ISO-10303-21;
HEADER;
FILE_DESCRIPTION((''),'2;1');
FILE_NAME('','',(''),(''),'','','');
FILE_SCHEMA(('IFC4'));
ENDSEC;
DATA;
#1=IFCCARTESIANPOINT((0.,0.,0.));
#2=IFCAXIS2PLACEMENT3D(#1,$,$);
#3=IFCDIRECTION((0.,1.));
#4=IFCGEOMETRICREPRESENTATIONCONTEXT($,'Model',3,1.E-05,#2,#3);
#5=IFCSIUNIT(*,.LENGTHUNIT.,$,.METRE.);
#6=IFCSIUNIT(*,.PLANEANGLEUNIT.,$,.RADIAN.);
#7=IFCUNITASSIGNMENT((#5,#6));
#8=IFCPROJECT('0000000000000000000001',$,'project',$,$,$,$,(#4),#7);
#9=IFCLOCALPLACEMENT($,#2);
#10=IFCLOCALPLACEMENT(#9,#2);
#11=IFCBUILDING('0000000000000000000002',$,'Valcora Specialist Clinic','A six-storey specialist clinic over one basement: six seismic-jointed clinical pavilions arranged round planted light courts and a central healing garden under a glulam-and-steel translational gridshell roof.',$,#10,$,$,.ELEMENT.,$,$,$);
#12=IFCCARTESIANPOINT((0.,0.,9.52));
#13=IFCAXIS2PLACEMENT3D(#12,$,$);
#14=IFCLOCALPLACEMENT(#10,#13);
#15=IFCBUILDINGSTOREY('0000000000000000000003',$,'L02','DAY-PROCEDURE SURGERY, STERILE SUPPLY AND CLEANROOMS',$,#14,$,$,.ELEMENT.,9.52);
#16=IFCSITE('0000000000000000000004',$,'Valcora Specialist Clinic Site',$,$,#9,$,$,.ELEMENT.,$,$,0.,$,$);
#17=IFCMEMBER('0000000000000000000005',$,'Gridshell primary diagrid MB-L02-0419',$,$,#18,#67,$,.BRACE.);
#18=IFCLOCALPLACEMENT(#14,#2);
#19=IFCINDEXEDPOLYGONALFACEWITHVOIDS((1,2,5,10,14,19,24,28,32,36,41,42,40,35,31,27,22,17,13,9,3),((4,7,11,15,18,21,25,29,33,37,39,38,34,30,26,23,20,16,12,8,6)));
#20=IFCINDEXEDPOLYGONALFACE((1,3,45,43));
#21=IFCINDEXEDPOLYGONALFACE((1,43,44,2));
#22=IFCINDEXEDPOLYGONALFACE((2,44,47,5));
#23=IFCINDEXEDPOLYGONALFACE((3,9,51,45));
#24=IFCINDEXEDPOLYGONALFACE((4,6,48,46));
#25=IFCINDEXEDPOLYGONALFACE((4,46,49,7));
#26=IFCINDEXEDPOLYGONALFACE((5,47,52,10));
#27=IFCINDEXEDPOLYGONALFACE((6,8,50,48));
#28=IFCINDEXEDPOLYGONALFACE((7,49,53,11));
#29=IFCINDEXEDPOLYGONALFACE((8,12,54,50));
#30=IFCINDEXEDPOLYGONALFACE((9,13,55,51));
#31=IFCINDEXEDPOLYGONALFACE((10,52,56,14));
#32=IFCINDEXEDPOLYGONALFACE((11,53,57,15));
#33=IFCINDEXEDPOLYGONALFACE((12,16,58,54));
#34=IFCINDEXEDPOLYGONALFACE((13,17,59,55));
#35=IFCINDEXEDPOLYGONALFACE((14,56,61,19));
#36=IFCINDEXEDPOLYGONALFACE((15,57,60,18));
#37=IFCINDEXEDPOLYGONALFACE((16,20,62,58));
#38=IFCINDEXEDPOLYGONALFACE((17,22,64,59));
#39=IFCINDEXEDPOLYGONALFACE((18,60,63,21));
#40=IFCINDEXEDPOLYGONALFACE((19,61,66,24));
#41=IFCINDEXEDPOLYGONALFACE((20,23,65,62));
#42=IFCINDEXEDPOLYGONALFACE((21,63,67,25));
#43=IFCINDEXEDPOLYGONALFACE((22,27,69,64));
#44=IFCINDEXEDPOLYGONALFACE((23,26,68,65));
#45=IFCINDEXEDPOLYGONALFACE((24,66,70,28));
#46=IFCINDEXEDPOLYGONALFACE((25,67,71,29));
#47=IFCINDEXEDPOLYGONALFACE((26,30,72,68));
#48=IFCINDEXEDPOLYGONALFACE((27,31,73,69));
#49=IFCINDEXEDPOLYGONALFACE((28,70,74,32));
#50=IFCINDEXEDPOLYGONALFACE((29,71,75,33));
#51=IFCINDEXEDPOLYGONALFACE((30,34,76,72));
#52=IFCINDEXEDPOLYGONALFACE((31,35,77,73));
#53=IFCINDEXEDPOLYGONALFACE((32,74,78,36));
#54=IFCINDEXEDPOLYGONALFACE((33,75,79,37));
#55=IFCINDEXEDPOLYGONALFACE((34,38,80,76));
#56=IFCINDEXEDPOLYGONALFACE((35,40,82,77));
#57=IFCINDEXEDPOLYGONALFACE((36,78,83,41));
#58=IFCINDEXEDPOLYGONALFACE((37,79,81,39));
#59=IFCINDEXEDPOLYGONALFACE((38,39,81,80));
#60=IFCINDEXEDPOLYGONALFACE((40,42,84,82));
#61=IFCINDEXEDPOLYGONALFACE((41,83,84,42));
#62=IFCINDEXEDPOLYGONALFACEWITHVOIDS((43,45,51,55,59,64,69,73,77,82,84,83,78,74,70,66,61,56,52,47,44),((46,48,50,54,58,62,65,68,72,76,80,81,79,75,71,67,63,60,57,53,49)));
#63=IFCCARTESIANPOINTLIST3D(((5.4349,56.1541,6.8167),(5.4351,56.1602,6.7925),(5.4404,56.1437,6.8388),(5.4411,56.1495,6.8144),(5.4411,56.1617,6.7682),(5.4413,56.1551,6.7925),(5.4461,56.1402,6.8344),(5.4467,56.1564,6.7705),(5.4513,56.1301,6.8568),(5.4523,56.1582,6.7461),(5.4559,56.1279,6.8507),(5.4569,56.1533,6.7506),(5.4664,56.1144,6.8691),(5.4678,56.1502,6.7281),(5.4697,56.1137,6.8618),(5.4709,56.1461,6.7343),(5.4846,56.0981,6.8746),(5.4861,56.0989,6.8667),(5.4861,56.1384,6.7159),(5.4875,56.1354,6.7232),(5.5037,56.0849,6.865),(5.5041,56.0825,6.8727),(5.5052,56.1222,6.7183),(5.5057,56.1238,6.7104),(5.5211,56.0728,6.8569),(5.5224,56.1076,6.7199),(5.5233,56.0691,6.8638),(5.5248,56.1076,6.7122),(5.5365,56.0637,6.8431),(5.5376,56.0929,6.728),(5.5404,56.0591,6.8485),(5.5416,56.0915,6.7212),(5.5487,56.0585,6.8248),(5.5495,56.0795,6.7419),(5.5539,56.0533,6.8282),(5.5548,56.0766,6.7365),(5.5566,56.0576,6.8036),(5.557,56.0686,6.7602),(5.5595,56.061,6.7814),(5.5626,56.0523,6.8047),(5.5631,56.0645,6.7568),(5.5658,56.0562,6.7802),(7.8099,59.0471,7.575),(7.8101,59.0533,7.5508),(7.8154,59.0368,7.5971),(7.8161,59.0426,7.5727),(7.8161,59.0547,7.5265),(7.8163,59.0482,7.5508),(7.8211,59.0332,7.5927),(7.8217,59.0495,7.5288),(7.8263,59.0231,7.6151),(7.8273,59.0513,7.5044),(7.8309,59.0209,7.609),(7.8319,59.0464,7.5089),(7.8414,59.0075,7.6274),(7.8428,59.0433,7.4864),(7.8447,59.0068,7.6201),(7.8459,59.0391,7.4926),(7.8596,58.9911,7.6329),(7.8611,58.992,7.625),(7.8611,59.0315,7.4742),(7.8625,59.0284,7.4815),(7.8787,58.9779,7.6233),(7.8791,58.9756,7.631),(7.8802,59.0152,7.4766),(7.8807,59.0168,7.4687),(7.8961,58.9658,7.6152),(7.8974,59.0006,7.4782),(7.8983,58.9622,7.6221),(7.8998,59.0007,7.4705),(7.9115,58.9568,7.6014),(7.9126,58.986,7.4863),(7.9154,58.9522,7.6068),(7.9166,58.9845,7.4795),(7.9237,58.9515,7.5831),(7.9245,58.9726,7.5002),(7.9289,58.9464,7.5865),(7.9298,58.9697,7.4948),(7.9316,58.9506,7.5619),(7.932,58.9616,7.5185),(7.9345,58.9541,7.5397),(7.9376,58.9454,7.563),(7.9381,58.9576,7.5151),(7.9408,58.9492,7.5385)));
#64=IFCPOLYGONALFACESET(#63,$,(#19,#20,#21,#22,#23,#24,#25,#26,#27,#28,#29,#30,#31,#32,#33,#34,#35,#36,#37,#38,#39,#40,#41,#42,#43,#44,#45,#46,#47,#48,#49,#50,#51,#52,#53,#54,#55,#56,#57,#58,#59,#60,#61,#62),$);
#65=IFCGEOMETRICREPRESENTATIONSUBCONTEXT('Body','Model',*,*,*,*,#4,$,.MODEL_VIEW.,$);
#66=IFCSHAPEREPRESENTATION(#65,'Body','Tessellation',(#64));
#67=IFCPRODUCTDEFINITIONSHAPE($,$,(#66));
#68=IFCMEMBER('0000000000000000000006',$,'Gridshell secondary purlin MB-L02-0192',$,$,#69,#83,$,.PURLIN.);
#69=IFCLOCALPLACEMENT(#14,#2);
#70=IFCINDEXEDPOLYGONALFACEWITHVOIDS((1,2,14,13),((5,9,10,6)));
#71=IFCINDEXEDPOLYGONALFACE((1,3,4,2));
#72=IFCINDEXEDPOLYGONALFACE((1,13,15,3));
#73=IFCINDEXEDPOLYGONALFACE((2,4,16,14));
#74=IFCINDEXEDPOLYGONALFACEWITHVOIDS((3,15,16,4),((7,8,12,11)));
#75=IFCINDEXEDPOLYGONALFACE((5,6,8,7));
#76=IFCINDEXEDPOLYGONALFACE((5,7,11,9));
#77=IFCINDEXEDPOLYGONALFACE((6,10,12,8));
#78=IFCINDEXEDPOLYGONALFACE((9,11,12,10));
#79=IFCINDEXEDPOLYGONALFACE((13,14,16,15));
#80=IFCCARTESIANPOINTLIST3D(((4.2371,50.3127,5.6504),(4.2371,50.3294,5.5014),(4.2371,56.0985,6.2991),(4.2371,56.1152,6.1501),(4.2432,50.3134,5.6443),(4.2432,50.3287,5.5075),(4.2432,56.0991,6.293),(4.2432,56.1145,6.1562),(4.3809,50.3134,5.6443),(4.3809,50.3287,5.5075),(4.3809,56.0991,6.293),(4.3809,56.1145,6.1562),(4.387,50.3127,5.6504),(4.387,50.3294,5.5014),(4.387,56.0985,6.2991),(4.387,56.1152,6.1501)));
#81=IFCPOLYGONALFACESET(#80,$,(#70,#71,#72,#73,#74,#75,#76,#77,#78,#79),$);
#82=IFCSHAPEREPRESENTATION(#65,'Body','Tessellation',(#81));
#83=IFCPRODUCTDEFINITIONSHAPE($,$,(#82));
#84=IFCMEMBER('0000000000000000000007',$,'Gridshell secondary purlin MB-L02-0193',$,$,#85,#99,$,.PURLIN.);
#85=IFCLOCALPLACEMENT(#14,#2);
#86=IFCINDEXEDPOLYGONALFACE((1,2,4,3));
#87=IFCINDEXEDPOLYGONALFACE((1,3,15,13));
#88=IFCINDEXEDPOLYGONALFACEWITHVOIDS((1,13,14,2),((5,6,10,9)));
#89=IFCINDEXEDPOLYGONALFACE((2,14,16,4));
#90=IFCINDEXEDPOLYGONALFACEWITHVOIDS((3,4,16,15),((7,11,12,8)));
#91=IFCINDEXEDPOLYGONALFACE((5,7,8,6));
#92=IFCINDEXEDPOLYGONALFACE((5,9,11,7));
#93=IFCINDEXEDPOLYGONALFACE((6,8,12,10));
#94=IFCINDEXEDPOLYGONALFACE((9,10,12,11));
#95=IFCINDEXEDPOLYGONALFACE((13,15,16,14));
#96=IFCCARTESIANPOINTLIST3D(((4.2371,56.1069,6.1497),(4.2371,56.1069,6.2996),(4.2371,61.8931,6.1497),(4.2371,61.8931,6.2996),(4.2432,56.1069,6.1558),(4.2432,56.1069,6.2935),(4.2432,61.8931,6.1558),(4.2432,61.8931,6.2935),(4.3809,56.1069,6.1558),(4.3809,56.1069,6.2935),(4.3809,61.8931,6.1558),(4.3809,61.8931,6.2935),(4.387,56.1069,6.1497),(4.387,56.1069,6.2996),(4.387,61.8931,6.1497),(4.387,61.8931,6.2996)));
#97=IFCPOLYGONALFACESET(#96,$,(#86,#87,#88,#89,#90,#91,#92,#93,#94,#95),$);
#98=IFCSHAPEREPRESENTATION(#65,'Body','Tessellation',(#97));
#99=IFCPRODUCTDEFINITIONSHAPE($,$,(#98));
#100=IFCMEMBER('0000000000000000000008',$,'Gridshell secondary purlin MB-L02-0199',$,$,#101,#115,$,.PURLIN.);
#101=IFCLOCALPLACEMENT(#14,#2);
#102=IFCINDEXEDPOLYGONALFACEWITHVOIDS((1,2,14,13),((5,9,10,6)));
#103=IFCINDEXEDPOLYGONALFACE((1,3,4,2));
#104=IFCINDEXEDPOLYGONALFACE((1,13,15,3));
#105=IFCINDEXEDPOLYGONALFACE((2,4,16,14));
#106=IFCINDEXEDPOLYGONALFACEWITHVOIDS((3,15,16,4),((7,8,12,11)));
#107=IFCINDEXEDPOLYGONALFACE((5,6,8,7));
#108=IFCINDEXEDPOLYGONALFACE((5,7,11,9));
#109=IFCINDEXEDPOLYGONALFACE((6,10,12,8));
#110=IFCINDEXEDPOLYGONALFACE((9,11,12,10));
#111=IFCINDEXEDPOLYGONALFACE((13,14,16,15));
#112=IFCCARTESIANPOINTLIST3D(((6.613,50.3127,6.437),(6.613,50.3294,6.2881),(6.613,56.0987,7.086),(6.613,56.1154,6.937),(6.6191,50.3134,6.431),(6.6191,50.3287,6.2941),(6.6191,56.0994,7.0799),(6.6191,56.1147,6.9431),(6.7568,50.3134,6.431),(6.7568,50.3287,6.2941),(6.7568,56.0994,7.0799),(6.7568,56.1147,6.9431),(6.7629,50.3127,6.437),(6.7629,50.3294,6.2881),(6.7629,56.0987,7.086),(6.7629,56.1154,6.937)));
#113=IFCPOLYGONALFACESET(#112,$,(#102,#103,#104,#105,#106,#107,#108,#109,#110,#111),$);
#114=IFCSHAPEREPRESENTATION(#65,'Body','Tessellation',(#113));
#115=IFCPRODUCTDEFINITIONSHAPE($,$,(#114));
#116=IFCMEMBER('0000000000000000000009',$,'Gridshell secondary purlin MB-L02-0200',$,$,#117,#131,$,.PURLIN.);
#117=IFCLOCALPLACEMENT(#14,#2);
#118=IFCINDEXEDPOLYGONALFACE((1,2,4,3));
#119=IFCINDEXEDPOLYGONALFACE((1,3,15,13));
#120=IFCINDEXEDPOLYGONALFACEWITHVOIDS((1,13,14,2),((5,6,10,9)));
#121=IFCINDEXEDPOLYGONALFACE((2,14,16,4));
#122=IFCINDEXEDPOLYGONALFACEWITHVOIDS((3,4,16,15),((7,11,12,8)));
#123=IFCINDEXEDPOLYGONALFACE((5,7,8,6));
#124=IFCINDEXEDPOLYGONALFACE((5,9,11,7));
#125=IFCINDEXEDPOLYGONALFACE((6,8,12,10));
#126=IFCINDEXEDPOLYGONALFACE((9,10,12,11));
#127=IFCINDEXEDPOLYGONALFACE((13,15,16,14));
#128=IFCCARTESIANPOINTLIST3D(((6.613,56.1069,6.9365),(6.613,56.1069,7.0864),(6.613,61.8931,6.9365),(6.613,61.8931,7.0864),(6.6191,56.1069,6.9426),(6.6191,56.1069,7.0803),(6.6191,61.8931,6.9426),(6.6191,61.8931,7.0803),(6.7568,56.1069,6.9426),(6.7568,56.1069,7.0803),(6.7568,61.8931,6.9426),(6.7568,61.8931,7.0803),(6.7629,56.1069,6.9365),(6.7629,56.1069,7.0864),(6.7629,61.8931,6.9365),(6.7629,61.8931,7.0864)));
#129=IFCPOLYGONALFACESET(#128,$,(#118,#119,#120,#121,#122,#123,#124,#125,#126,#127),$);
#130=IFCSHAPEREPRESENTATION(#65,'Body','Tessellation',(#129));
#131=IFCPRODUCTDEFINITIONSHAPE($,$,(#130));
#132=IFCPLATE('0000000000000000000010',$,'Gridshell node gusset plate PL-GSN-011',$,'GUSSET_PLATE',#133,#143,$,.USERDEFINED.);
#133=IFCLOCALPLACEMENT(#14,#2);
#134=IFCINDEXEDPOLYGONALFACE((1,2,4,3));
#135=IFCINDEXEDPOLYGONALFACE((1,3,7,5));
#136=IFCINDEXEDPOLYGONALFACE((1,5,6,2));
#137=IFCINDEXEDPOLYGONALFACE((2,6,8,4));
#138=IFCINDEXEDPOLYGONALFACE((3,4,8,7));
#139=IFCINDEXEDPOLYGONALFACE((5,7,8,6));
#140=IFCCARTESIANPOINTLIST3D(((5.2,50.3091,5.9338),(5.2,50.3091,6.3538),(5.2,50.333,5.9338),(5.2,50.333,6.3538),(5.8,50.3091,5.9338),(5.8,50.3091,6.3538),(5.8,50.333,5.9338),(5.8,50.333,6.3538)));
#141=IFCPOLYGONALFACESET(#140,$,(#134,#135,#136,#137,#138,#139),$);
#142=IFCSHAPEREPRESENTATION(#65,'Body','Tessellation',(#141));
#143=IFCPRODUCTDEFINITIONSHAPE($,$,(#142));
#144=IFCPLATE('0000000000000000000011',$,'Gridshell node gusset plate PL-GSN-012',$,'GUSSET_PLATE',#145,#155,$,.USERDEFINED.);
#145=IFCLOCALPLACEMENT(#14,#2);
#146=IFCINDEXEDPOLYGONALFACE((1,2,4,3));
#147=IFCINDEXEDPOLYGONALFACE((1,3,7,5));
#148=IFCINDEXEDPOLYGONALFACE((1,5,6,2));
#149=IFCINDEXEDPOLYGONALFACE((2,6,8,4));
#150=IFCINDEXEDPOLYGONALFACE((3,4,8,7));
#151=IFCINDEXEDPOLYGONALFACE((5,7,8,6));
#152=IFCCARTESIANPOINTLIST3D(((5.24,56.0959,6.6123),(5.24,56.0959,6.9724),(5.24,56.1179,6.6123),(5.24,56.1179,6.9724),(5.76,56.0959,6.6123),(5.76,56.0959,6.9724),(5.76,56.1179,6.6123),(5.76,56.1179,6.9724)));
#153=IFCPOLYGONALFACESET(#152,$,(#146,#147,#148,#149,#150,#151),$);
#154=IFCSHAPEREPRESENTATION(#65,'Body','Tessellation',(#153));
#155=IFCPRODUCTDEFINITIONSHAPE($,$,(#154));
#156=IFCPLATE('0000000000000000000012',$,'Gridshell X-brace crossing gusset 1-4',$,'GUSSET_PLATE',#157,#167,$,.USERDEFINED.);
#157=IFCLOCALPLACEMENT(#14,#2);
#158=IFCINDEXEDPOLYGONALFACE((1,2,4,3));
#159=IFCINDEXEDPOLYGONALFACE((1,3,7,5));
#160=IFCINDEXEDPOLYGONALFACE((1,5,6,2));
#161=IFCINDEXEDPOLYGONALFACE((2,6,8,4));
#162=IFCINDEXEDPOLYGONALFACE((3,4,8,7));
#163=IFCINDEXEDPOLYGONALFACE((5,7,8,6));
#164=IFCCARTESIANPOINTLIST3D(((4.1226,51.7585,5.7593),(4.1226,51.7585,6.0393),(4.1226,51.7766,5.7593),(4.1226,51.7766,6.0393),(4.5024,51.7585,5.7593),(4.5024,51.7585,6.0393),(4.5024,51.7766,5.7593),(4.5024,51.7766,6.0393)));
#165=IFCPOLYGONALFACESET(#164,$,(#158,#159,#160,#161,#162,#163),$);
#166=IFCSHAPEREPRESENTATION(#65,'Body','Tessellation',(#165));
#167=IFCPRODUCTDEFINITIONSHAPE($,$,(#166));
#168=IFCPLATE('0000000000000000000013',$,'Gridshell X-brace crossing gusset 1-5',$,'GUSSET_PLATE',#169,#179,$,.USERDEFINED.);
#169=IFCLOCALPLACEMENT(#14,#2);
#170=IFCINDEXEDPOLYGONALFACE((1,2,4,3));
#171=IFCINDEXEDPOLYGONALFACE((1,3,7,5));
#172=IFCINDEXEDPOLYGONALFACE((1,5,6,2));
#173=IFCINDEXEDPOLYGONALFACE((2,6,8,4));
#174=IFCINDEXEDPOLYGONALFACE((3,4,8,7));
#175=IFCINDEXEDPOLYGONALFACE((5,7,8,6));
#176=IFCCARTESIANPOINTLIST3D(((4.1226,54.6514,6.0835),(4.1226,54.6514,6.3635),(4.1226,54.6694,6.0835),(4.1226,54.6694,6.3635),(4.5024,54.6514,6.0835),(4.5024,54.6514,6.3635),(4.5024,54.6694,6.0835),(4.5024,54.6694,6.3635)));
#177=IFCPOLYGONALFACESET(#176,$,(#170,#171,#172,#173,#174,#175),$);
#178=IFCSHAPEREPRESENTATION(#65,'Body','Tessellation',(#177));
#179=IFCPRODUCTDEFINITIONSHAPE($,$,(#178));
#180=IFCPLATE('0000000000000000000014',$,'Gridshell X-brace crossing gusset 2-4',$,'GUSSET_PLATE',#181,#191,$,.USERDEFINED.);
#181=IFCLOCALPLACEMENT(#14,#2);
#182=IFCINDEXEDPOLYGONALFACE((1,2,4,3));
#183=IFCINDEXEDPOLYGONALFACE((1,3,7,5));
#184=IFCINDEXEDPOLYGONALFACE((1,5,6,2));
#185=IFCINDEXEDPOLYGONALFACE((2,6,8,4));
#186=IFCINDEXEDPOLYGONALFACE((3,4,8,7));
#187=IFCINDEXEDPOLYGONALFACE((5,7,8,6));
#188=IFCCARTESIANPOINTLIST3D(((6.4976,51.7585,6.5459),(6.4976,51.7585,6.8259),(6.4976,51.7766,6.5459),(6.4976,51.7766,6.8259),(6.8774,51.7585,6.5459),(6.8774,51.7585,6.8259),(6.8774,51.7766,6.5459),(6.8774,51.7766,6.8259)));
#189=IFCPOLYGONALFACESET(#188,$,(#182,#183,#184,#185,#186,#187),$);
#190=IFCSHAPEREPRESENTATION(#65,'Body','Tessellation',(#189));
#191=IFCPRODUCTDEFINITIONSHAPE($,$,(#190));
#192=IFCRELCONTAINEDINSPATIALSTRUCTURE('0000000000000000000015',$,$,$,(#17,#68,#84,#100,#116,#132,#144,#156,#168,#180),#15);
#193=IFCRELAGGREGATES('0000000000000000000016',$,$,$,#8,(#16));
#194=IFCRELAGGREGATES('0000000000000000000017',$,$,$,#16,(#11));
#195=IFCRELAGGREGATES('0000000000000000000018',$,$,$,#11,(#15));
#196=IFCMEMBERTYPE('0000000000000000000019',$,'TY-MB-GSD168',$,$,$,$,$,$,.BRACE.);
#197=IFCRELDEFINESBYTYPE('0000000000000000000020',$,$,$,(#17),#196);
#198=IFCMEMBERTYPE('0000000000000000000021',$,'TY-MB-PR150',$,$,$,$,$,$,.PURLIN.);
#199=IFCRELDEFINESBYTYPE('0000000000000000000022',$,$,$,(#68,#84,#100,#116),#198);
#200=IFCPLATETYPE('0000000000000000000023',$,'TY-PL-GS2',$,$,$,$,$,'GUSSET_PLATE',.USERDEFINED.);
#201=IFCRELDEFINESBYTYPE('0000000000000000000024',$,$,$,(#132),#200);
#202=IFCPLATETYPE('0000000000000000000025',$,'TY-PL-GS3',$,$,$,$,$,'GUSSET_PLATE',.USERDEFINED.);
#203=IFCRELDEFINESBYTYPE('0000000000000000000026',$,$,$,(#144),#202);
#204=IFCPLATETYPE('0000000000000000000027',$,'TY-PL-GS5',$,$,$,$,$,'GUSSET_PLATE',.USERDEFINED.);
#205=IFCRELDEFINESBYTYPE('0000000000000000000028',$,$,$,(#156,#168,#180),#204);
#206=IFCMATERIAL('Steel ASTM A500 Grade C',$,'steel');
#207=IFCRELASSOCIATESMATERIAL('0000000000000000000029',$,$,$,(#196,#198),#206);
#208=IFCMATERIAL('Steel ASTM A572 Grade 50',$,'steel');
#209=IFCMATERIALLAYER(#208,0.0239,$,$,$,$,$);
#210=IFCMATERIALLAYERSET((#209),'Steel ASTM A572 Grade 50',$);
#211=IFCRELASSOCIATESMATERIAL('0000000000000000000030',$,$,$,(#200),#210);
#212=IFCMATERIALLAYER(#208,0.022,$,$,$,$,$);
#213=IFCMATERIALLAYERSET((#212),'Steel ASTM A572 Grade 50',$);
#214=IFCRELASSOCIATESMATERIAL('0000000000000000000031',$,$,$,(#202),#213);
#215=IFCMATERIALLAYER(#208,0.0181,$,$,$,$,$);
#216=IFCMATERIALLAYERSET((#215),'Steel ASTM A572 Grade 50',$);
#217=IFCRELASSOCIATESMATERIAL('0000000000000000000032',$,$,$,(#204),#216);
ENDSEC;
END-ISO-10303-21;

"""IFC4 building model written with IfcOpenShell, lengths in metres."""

from ifc_helpers import new_model, si_unit, direction, frame, origin, origin_2d, place, context, subcontext, project, spatial, rectangle, hollow_rectangle, hollow_circle, extrude, material, layer, layer_set, material_profile, profile_set, type_object, element, save


model = new_model("IFC4")

# Units and contexts
model_context = context("Model", 3, precision=1e-05, world=origin(), true_north=direction((0.0, 1.0)))
body_context = subcontext(model_context, "Body", "Model", "MODEL_VIEW")
ifc_project = project(units=[si_unit("LENGTHUNIT", "METRE"), si_unit("PLANEANGLEUNIT", "RADIAN")], contexts=[model_context])

# Site, building, storey
site_placement = place(None, origin())
site = spatial("IfcSite", under=ifc_project, at=site_placement, Name="Valcora Specialist Clinic Site", CompositionType="ELEMENT", RefElevation=0.0)
building_placement = place(site_placement, origin())
building = spatial("IfcBuilding", under=site, at=building_placement, Name="Valcora Specialist Clinic", Description="A six-storey specialist clinic over one basement: six seismic-jointed clinical pavilions arranged round planted light courts and a central healing garden under a glulam-and-steel translational gridshell roof.", CompositionType="ELEMENT")
storey_placement = place(building_placement, frame((0.0, 0.0, 9.52)))
storey = spatial("IfcBuildingStorey", under=building, at=storey_placement, Name="L02", Description="DAY-PROCEDURE SURGERY, STERILE SUPPLY AND CLEANROOMS", CompositionType="ELEMENT", Elevation=9.52)

# Members
ifc_material_1 = material(Name="Steel ASTM A500 Grade C", Category="steel")
ifc_material_profile_1 = material_profile(ifc_material_1, hollow_circle(Radius=0.084, WallThickness=0.0081, at=origin_2d()), Name="ST-CHS-168X8")
ifc_profile_set_1 = profile_set([ifc_material_profile_1], Name="Steel ASTM A500 Grade C")
member_type_1 = type_object("IfcMemberType", Name="TY-MB-GSD168", PredefinedType="BRACE", material=ifc_profile_set_1)
member_1_placement = place(storey_placement, frame((5.5, 56.1069, 6.7925), z_axis=(0.621875, 0.757527, 0.198555), x_axis=(-0.772916, 0.634508, 0.0)))
element("IfcMember", 1, at=member_1_placement, inside=storey, type_object=member_type_1, Name="Gridshell primary diagrid MB-L02-0419", PredefinedType="BRACE", context=body_context, shape_type="SweptSolid", body=[
    extrude(hollow_circle(Radius=0.084, WallThickness=0.0081, at=origin_2d()), origin(), (0.0, 0.0, 1.0), 3.8191),
])
ifc_material_profile_2 = material_profile(ifc_material_1, hollow_rectangle(XDim=0.1499, YDim=0.1499, WallThickness=0.0061, at=origin_2d()), Name="ST-RHS-150X150X6")
ifc_profile_set_2 = profile_set([ifc_material_profile_2], Name="Steel ASTM A500 Grade C")
member_type_2 = type_object("IfcMemberType", Name="TY-MB-PR150", PredefinedType="PURLIN", material=ifc_profile_set_2)
member_2_placement = place(storey_placement, frame((4.312, 50.321, 5.5759), z_axis=(0.0, 0.993774, 0.111416), x_axis=(-1.0, 0.0, 0.0)))
element("IfcMember", 2, at=member_2_placement, inside=storey, type_object=member_type_2, Name="Gridshell secondary purlin MB-L02-0192", PredefinedType="PURLIN", context=body_context, shape_type="SweptSolid", body=[
    extrude(hollow_rectangle(XDim=0.1499, YDim=0.1499, WallThickness=0.0061, at=origin_2d()), origin(), (0.0, 0.0, 1.0), 5.822),
])
member_3_placement = place(storey_placement, frame((4.312, 56.1069, 6.2246), z_axis=(0.0, 1.0, 0.0), x_axis=(-1.0, 0.0, 0.0)))
element("IfcMember", 3, at=member_3_placement, inside=storey, type_object=member_type_2, Name="Gridshell secondary purlin MB-L02-0193", PredefinedType="PURLIN", context=body_context, shape_type="SweptSolid", body=[
    extrude(hollow_rectangle(XDim=0.1499, YDim=0.1499, WallThickness=0.0061, at=origin_2d()), origin(), (0.0, 0.0, 1.0), 5.7861),
])
member_4_placement = place(storey_placement, frame((6.688, 50.321, 6.3625), z_axis=(0.0, 0.993769, 0.111458), x_axis=(-1.0, 0.0, 0.0)))
element("IfcMember", 4, at=member_4_placement, inside=storey, type_object=member_type_2, Name="Gridshell secondary purlin MB-L02-0199", PredefinedType="PURLIN", context=body_context, shape_type="SweptSolid", body=[
    extrude(hollow_rectangle(XDim=0.1499, YDim=0.1499, WallThickness=0.0061, at=origin_2d()), origin(), (0.0, 0.0, 1.0), 5.8223),
])
member_5_placement = place(storey_placement, frame((6.688, 56.1069, 7.0115), z_axis=(0.0, 1.0, 0.0), x_axis=(-1.0, 0.0, 0.0)))
element("IfcMember", 5, at=member_5_placement, inside=storey, type_object=member_type_2, Name="Gridshell secondary purlin MB-L02-0200", PredefinedType="PURLIN", context=body_context, shape_type="SweptSolid", body=[
    extrude(hollow_rectangle(XDim=0.1499, YDim=0.1499, WallThickness=0.0061, at=origin_2d()), origin(), (0.0, 0.0, 1.0), 5.7861),
])

# Plates
ifc_material_2 = material(Name="Steel ASTM A572 Grade 50", Category="steel")
ifc_layer_1 = layer(ifc_material_2, 0.0239)
ifc_layer_set_1 = layer_set([ifc_layer_1], Name="Steel ASTM A572 Grade 50")
plate_type_1 = type_object("IfcPlateType", Name="TY-PL-GS2", ElementType="GUSSET_PLATE", PredefinedType="USERDEFINED", material=ifc_layer_set_1)
plate_1_placement = place(storey_placement, frame((5.5, 50.321, 5.9338), z_axis=(0.0, 0.0, 1.0), x_axis=(1.0, 0.0, 0.0)))
element("IfcPlate", 6, at=plate_1_placement, inside=storey, type_object=plate_type_1, Name="Gridshell node gusset plate PL-GSN-011", ObjectType="GUSSET_PLATE", PredefinedType="USERDEFINED", context=body_context, shape_type="SweptSolid", body=[
    extrude(rectangle(XDim=0.6001, YDim=0.0239, at=origin_2d()), origin(), (0.0, 0.0, 1.0), 0.4199),
])
ifc_layer_2 = layer(ifc_material_2, 0.022)
ifc_layer_set_2 = layer_set([ifc_layer_2], Name="Steel ASTM A572 Grade 50")
plate_type_2 = type_object("IfcPlateType", Name="TY-PL-GS3", ElementType="GUSSET_PLATE", PredefinedType="USERDEFINED", material=ifc_layer_set_2)
plate_2_placement = place(storey_placement, frame((5.5, 56.1069, 6.6123), z_axis=(0.0, 0.0, 1.0), x_axis=(1.0, 0.0, 0.0)))
element("IfcPlate", 7, at=plate_2_placement, inside=storey, type_object=plate_type_2, Name="Gridshell node gusset plate PL-GSN-012", ObjectType="GUSSET_PLATE", PredefinedType="USERDEFINED", context=body_context, shape_type="SweptSolid", body=[
    extrude(rectangle(XDim=0.52, YDim=0.022, at=origin_2d()), origin(), (0.0, 0.0, 1.0), 0.3601),
])
ifc_layer_3 = layer(ifc_material_2, 0.0181)
ifc_layer_set_3 = layer_set([ifc_layer_3], Name="Steel ASTM A572 Grade 50")
plate_type_3 = type_object("IfcPlateType", Name="TY-PL-GS5", ElementType="GUSSET_PLATE", PredefinedType="USERDEFINED", material=ifc_layer_set_3)
for number, where, z_axis, x_axis, name in (
    (8, (4.3125, 51.7676, 5.7593), (0.0, 0.0, 1.0), (1.0, 0.0, 0.0), "Gridshell X-brace crossing gusset 1-4"),
    (9, (4.3125, 54.6604, 6.0835), (0.0, 0.0, 1.0), (1.0, 0.0, 0.0), "Gridshell X-brace crossing gusset 1-5"),
    (10, (6.6875, 51.7676, 6.5459), (0.0, 0.0, 1.0), (1.0, 0.0, 0.0), "Gridshell X-brace crossing gusset 2-4"),
):
    element("IfcPlate", number, at=place(storey_placement, frame(where, z_axis=z_axis, x_axis=x_axis)), inside=storey, type_object=plate_type_3, Name=name, ObjectType="GUSSET_PLATE", PredefinedType="USERDEFINED", context=body_context, shape_type="SweptSolid", body=[
        extrude(rectangle(XDim=0.3799, YDim=0.0181, at=origin_2d()), origin(), (0.0, 0.0, 1.0), 0.28),
    ])

save(model, "model.ifc")
